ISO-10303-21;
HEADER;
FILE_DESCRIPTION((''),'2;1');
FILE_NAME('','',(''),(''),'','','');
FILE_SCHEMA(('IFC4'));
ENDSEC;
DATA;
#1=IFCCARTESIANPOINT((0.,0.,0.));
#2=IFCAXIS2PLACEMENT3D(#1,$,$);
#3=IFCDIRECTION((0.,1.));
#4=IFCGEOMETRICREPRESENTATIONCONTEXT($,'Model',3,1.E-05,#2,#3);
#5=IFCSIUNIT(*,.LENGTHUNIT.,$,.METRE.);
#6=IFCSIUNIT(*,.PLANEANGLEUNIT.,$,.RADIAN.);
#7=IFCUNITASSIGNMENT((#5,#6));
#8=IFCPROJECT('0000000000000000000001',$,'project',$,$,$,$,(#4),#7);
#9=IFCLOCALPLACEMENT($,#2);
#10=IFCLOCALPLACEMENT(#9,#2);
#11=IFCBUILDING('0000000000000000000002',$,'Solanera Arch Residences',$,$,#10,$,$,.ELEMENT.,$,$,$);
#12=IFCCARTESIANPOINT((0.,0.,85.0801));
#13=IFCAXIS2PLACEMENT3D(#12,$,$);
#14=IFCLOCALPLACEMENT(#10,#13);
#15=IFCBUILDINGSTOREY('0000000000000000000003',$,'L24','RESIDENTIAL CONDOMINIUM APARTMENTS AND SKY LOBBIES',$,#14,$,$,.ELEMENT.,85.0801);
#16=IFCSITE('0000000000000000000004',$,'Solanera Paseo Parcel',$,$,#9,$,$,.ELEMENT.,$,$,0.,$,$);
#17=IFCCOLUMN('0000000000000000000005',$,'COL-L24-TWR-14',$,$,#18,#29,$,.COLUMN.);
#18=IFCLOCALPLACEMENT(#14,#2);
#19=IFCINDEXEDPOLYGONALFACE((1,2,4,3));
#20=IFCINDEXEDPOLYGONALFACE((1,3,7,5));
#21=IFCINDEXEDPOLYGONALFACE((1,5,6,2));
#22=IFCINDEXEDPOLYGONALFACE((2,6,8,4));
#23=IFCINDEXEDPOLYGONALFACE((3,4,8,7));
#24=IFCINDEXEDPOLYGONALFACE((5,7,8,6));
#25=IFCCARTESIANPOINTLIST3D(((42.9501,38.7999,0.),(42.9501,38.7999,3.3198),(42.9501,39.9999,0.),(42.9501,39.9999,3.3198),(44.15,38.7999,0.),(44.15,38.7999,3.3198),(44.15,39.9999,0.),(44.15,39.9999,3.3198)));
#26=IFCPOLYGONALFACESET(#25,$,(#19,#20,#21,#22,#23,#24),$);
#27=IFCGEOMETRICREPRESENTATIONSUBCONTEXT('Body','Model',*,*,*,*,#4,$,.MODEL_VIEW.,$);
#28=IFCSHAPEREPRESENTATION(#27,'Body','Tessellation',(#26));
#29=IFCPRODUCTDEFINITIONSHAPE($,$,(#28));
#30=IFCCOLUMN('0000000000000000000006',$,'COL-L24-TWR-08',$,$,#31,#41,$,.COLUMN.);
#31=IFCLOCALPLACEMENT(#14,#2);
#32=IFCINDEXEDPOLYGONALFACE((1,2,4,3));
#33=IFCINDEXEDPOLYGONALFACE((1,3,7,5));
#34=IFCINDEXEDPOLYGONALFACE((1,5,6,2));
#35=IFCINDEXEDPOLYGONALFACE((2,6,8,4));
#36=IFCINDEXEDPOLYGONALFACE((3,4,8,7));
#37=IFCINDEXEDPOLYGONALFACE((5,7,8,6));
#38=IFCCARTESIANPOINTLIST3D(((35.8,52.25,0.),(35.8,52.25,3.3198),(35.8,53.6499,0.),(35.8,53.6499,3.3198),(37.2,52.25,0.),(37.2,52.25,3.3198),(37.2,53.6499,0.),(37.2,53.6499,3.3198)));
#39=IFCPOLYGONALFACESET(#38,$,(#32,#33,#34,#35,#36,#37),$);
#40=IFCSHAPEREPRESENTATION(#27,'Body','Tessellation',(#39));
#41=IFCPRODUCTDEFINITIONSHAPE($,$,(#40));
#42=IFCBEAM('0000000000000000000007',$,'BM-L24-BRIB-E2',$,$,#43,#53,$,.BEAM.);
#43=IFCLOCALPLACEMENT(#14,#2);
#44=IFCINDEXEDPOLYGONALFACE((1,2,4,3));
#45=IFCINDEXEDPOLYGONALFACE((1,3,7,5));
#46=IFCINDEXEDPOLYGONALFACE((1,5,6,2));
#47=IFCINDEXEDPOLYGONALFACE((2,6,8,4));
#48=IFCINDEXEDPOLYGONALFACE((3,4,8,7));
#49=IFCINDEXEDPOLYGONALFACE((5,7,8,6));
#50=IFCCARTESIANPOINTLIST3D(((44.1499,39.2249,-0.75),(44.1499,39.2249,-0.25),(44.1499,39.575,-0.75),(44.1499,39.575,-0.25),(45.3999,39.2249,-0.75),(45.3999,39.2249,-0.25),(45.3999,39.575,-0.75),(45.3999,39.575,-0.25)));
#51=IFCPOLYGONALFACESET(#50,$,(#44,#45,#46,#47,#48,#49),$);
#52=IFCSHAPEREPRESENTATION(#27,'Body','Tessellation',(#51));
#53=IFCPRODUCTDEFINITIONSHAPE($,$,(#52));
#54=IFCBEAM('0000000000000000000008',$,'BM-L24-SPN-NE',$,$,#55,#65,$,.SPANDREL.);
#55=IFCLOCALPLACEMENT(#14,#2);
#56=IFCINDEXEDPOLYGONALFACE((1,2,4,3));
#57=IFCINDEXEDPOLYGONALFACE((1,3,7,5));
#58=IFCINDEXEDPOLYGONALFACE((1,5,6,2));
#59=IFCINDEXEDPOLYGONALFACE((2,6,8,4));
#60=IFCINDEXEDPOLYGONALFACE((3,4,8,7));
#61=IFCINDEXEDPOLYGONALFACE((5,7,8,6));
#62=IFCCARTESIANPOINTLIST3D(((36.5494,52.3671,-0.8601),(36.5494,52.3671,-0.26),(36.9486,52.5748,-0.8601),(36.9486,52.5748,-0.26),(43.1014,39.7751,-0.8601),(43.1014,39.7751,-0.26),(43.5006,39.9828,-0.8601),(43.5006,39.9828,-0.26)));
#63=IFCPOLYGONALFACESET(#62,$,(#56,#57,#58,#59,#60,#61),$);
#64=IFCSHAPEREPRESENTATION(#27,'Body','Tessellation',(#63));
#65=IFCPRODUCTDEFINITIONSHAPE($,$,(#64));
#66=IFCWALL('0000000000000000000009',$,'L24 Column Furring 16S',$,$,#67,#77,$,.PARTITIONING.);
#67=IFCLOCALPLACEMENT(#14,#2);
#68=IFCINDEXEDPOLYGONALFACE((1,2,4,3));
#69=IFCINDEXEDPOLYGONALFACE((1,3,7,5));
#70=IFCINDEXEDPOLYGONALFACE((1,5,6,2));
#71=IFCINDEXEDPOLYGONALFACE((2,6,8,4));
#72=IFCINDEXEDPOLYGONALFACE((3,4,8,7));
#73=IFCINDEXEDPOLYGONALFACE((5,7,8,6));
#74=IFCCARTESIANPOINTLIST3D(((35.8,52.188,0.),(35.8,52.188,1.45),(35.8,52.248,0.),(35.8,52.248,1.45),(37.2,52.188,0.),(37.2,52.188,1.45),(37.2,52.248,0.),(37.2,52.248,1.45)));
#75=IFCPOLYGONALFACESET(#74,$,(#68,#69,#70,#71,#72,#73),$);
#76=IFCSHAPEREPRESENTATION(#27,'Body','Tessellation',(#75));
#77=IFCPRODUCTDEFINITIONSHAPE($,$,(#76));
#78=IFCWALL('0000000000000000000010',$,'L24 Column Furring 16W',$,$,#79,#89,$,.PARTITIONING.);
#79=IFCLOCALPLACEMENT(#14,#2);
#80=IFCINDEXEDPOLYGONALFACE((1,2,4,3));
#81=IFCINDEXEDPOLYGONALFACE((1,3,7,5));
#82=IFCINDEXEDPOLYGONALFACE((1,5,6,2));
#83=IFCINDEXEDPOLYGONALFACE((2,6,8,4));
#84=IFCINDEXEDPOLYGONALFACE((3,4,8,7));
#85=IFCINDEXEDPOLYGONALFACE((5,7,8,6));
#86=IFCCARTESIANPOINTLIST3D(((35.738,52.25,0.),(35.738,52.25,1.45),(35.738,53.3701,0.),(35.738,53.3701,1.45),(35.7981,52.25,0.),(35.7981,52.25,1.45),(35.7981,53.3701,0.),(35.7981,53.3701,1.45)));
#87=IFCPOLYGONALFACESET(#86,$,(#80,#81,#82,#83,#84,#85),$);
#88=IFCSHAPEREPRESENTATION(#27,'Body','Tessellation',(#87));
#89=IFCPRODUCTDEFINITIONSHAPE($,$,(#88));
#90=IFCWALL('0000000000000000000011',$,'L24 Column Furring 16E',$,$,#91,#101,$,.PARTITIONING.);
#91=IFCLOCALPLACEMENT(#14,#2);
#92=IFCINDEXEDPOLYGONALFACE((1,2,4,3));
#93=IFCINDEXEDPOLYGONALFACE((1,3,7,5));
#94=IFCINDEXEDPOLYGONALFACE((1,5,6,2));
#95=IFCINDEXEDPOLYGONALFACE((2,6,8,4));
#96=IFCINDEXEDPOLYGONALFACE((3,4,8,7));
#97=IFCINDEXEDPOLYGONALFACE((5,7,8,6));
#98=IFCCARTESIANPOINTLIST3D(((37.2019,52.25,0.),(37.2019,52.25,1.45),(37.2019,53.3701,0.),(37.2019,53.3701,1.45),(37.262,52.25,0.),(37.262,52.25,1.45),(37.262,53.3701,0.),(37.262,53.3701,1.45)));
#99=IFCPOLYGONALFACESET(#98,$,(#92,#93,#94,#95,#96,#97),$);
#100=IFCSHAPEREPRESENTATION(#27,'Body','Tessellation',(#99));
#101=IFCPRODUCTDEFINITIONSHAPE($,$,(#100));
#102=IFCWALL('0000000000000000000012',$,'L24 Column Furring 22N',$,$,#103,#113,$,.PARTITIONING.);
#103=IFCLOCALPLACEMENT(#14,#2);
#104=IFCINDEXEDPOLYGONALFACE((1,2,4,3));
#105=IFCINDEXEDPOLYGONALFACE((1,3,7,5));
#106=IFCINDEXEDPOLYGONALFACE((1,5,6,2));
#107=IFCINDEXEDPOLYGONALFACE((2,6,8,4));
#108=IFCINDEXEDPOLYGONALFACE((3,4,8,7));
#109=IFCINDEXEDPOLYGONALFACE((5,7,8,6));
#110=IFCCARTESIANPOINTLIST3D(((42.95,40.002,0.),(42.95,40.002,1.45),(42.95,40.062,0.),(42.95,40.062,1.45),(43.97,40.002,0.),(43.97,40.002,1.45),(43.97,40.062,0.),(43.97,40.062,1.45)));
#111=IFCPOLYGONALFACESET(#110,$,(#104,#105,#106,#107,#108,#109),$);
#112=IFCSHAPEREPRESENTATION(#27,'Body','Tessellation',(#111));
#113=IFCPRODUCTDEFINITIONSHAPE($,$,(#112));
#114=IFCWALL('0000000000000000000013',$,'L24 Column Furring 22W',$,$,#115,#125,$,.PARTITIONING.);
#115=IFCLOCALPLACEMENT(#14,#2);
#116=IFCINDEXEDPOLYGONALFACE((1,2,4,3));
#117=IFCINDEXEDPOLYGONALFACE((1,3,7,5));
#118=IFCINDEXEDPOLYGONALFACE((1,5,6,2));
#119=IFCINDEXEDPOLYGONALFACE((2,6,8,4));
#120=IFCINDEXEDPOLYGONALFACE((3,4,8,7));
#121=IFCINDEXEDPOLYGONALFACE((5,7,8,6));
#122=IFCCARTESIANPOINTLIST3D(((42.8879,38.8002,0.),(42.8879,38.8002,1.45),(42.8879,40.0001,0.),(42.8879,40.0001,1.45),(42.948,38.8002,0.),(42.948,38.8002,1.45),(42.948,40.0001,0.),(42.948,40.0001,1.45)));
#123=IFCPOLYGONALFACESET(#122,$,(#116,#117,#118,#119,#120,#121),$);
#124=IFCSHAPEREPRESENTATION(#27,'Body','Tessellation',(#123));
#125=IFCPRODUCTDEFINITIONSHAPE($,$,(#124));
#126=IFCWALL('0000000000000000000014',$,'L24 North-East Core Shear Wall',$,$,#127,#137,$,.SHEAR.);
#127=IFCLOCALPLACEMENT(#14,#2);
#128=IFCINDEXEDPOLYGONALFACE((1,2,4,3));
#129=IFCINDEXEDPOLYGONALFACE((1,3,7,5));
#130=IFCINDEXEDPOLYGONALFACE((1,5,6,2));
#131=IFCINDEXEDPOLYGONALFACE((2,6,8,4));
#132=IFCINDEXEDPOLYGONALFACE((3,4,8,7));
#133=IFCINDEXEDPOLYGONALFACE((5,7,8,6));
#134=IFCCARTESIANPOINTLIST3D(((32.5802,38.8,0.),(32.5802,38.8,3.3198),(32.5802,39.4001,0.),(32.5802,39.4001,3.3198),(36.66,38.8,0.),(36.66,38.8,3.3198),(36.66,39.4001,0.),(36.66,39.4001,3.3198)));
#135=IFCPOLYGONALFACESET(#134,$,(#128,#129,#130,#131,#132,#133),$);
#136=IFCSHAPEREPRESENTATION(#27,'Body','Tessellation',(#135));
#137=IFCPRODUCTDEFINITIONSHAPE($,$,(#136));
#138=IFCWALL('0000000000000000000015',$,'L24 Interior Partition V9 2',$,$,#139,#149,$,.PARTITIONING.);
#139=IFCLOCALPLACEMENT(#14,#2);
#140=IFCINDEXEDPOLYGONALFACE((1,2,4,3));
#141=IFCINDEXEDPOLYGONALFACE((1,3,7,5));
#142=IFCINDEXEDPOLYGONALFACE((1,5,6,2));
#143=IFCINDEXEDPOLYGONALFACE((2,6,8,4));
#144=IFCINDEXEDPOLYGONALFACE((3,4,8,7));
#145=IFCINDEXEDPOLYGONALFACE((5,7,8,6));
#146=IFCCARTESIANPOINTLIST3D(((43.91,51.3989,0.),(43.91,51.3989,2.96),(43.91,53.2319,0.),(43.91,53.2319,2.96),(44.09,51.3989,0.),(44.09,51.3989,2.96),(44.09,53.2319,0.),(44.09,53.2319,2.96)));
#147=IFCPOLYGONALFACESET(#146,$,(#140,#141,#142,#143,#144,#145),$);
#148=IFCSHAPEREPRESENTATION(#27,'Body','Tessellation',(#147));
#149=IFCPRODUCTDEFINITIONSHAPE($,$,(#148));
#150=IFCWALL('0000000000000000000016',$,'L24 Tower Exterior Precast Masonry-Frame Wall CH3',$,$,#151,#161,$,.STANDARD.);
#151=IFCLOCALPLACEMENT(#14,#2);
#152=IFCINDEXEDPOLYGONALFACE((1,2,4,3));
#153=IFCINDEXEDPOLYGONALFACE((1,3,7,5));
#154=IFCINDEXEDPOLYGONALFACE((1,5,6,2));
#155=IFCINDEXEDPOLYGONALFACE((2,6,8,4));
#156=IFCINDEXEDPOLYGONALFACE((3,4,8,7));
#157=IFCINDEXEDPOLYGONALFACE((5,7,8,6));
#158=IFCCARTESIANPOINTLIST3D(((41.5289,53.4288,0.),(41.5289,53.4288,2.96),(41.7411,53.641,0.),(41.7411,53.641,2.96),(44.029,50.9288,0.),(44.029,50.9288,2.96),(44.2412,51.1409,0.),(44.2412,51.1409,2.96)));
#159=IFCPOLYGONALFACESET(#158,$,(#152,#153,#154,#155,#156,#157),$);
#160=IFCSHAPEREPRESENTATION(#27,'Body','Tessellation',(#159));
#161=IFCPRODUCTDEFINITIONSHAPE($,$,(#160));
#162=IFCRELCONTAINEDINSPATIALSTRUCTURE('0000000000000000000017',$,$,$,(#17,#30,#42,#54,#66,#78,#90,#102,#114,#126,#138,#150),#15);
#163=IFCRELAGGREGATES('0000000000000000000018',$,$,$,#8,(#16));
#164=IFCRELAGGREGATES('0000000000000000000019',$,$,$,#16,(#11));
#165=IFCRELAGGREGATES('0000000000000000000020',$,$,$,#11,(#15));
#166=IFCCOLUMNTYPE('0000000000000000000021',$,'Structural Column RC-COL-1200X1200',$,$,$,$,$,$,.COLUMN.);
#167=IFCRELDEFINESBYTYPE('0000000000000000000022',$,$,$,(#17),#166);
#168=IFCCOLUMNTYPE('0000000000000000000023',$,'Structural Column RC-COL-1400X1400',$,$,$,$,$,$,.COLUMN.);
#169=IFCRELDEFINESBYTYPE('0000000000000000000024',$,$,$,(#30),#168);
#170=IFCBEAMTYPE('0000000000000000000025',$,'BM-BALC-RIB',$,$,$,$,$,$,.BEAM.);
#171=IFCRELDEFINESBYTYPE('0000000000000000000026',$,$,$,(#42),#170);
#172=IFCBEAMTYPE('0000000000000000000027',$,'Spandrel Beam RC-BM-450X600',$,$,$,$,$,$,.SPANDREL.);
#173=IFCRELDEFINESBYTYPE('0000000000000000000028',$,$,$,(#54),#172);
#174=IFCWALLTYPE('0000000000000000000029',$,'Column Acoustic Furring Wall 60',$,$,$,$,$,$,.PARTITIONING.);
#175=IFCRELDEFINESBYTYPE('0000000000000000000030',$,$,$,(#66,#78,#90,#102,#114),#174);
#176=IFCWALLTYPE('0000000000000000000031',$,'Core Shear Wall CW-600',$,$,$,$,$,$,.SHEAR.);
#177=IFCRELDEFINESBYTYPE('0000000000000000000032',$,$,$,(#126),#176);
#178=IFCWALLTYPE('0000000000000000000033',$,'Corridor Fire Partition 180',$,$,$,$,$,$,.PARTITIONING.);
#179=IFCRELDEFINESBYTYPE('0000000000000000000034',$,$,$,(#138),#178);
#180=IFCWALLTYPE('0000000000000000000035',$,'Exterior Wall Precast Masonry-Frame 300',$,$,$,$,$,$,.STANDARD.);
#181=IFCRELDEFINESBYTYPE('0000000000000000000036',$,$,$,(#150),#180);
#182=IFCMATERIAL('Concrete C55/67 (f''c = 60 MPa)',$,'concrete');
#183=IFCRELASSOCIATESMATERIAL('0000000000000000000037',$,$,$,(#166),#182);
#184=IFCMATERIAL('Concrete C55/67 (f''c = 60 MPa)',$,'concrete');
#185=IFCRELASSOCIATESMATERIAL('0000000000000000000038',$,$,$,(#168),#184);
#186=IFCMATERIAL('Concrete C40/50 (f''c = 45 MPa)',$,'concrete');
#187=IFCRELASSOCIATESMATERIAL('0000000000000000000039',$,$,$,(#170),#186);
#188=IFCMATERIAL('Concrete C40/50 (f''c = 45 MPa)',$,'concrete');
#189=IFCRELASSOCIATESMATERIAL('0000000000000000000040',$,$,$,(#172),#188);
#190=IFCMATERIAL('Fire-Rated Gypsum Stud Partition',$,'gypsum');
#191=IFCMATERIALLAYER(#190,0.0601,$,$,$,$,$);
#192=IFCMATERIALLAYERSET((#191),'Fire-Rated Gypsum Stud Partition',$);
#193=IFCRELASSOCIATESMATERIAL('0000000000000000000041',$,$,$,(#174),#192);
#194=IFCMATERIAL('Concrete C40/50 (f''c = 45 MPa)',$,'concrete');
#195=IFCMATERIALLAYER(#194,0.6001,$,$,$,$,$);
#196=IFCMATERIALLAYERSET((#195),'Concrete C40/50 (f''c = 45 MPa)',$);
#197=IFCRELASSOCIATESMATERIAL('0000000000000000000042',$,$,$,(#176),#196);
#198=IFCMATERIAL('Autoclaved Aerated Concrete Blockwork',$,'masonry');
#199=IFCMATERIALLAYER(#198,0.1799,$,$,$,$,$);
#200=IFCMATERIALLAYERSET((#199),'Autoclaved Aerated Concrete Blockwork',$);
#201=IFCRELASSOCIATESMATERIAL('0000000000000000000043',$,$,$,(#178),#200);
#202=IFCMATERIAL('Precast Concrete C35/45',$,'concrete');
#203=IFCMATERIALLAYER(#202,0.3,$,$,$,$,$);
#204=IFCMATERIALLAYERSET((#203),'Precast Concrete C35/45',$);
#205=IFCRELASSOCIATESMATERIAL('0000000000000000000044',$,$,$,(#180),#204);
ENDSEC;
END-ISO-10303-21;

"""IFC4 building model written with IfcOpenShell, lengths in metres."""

from ifc_helpers import new_model, si_unit, direction, frame, frame_2d, origin, origin_2d, place, context, subcontext, project, spatial, rectangle, extrude, material, layer, layer_set, material_profile, profile_set, type_object, element, save


model = new_model("IFC4")

# Units and contexts
model_context = context("Model", 3, precision=1e-05, world=origin(), true_north=direction((0.0, 1.0)))
body_context = subcontext(model_context, "Body", "Model", "MODEL_VIEW")
ifc_project = project(units=[si_unit("LENGTHUNIT", "METRE"), si_unit("PLANEANGLEUNIT", "RADIAN")], contexts=[model_context])

# Site, building, storey
site_placement = place(None, origin())
site = spatial("IfcSite", under=ifc_project, at=site_placement, Name="Solanera Paseo Parcel", CompositionType="ELEMENT", RefElevation=0.0)
building_placement = place(site_placement, origin())
building = spatial("IfcBuilding", under=site, at=building_placement, Name="Solanera Arch Residences", CompositionType="ELEMENT")
storey_placement = place(building_placement, frame((0.0, 0.0, 85.0801)))
storey = spatial("IfcBuildingStorey", under=building, at=storey_placement, Name="L24", Description="RESIDENTIAL CONDOMINIUM APARTMENTS AND SKY LOBBIES", CompositionType="ELEMENT", Elevation=85.0801)

# Columns
ifc_material_1 = material(Name="Concrete C55/67 (f'c = 60 MPa)", Category="concrete")
ifc_material_profile_1 = material_profile(ifc_material_1, rectangle(XDim=1.2, YDim=1.2, at=origin_2d()))
ifc_profile_set_1 = profile_set([ifc_material_profile_1], Name="Concrete C55/67 (f'c = 60 MPa)")
column_type_1 = type_object("IfcColumnType", Name="Structural Column RC-COL-1200X1200", PredefinedType="COLUMN", material=ifc_profile_set_1)
column_1_placement = place(storey_placement, frame((43.55, 39.3999, 0.0), z_axis=(0.0, 0.0, 1.0), x_axis=(1.0, 0.0, 0.0)))
element("IfcColumn", 1, at=column_1_placement, inside=storey, type_object=column_type_1, Name="COL-L24-TWR-14", PredefinedType="COLUMN", context=body_context, shape_type="SweptSolid", body=[
    extrude(rectangle(XDim=1.2, YDim=1.2, at=origin_2d()), origin(), (0.0, 0.0, 1.0), 3.3198),
])
ifc_material_2 = material(Name="Concrete C55/67 (f'c = 60 MPa)", Category="concrete")
ifc_material_profile_2 = material_profile(ifc_material_2, rectangle(XDim=1.3999, YDim=1.3999, at=origin_2d()))
ifc_profile_set_2 = profile_set([ifc_material_profile_2], Name="Concrete C55/67 (f'c = 60 MPa)")
column_type_2 = type_object("IfcColumnType", Name="Structural Column RC-COL-1400X1400", PredefinedType="COLUMN", material=ifc_profile_set_2)
column_2_placement = place(storey_placement, frame((36.5, 52.95, 0.0), z_axis=(0.0, 0.0, 1.0), x_axis=(1.0, 0.0, 0.0)))
element("IfcColumn", 2, at=column_2_placement, inside=storey, type_object=column_type_2, Name="COL-L24-TWR-08", PredefinedType="COLUMN", context=body_context, shape_type="SweptSolid", body=[
    extrude(rectangle(XDim=1.3999, YDim=1.3999, at=origin_2d()), origin(), (0.0, 0.0, 1.0), 3.3198),
])

# Beams
ifc_material_3 = material(Name="Concrete C40/50 (f'c = 45 MPa)", Category="concrete")
ifc_material_profile_3 = material_profile(ifc_material_3, rectangle(XDim=0.3501, YDim=0.5, at=origin_2d()))
ifc_profile_set_3 = profile_set([ifc_material_profile_3], Name="Concrete C40/50 (f'c = 45 MPa)")
beam_type_1 = type_object("IfcBeamType", Name="BM-BALC-RIB", PredefinedType="BEAM", material=ifc_profile_set_3)
beam_1_placement = place(storey_placement, frame((44.1499, 39.3999, -0.5), z_axis=(1.0, 0.0, 0.0), x_axis=(0.0, 1.0, 0.0)))
element("IfcBeam", 3, at=beam_1_placement, inside=storey, type_object=beam_type_1, Name="BM-L24-BRIB-E2", PredefinedType="BEAM", context=body_context, shape_type="SweptSolid", body=[
    extrude(rectangle(XDim=0.3501, YDim=0.5, at=origin_2d()), origin(), (0.0, 0.0, 1.0), 1.25),
])
ifc_material_4 = material(Name="Concrete C40/50 (f'c = 45 MPa)", Category="concrete")
ifc_material_profile_4 = material_profile(ifc_material_4, rectangle(XDim=0.45, YDim=0.6001, at=origin_2d()))
ifc_profile_set_4 = profile_set([ifc_material_profile_4], Name="Concrete C40/50 (f'c = 45 MPa)")
beam_type_2 = type_object("IfcBeamType", Name="Spandrel Beam RC-BM-450X600", PredefinedType="SPANDREL", material=ifc_profile_set_4)
beam_2_placement = place(storey_placement, frame((36.749, 52.4709, -0.5601), z_axis=(0.461582, -0.887097, 0.0), x_axis=(0.887097, 0.461582, 0.0)))
element("IfcBeam", 4, at=beam_2_placement, inside=storey, type_object=beam_type_2, Name="BM-L24-SPN-NE", PredefinedType="SPANDREL", context=body_context, shape_type="SweptSolid", body=[
    extrude(rectangle(XDim=0.45, YDim=0.6001, at=origin_2d()), origin(), (0.0, 0.0, 1.0), 14.1946),
])

# Walls
ifc_material_5 = material(Name="Fire-Rated Gypsum Stud Partition", Category="gypsum")
ifc_layer_1 = layer(ifc_material_5, 0.0601)
ifc_layer_set_1 = layer_set([ifc_layer_1], Name="Fire-Rated Gypsum Stud Partition")
wall_type_1 = type_object("IfcWallType", Name="Column Acoustic Furring Wall 60", PredefinedType="PARTITIONING", material=ifc_layer_set_1)
wall_1_placement = place(storey_placement, frame((35.8, 52.218, 0.0), z_axis=(0.0, 0.0, 1.0), x_axis=(1.0, 0.0, 0.0)))
element("IfcWall", 5, at=wall_1_placement, inside=storey, type_object=wall_type_1, Name="L24 Column Furring 16S", PredefinedType="PARTITIONING", context=body_context, shape_type="SweptSolid", body=[
    extrude(rectangle(XDim=1.3999, YDim=0.0601, at=frame_2d((0.7, 0.0))), origin(), (0.0, 0.0, 1.0), 1.45),
])
for number, where, z_axis, x_axis, name in (
    (6, (35.7681, 52.25, 0.0), (0.0, 0.0, 1.0), (0.0, 1.0, 0.0), "L24 Column Furring 16W"),
    (7, (37.2319, 52.25, 0.0), (0.0, 0.0, 1.0), (0.0, 1.0, 0.0), "L24 Column Furring 16E"),
):
    element("IfcWall", number, at=place(storey_placement, frame(where, z_axis=z_axis, x_axis=x_axis)), inside=storey, type_object=wall_type_1, Name=name, PredefinedType="PARTITIONING", context=body_context, shape_type="SweptSolid", body=[
        extrude(rectangle(XDim=1.1201, YDim=0.0601, at=frame_2d((0.5601, 0.0))), origin(), (0.0, 0.0, 1.0), 1.45),
    ])
wall_2_placement = place(storey_placement, frame((42.95, 40.032, 0.0), z_axis=(0.0, 0.0, 1.0), x_axis=(1.0, 0.0, 0.0)))
element("IfcWall", 8, at=wall_2_placement, inside=storey, type_object=wall_type_1, Name="L24 Column Furring 22N", PredefinedType="PARTITIONING", context=body_context, shape_type="SweptSolid", body=[
    extrude(rectangle(XDim=1.02, YDim=0.0601, at=frame_2d((0.51, 0.0))), origin(), (0.0, 0.0, 1.0), 1.45),
])
wall_3_placement = place(storey_placement, frame((42.918, 38.8, 0.0), z_axis=(0.0, 0.0, 1.0), x_axis=(0.0, 1.0, 0.0)))
element("IfcWall", 9, at=wall_3_placement, inside=storey, type_object=wall_type_1, Name="L24 Column Furring 22W", PredefinedType="PARTITIONING", context=body_context, shape_type="SweptSolid", body=[
    extrude(rectangle(XDim=1.2, YDim=0.0601, at=frame_2d((0.6001, 0.0))), origin(), (0.0, 0.0, 1.0), 1.45),
])
ifc_material_6 = material(Name="Concrete C40/50 (f'c = 45 MPa)", Category="concrete")
ifc_layer_2 = layer(ifc_material_6, 0.6001)
ifc_layer_set_2 = layer_set([ifc_layer_2], Name="Concrete C40/50 (f'c = 45 MPa)")
wall_type_2 = type_object("IfcWallType", Name="Core Shear Wall CW-600", PredefinedType="SHEAR", material=ifc_layer_set_2)
wall_4_placement = place(storey_placement, frame((32.5801, 39.1001, 0.0), z_axis=(0.0, 0.0, 1.0), x_axis=(1.0, 0.0, 0.0)))
element("IfcWall", 10, at=wall_4_placement, inside=storey, type_object=wall_type_2, Name="L24 North-East Core Shear Wall", PredefinedType="SHEAR", context=body_context, shape_type="SweptSolid", body=[
    extrude(rectangle(XDim=4.0798, YDim=0.6001, at=frame_2d((2.04, 0.0))), origin(), (0.0, 0.0, 1.0), 3.3198),
])
ifc_material_7 = material(Name="Autoclaved Aerated Concrete Blockwork", Category="masonry")
ifc_layer_3 = layer(ifc_material_7, 0.1799)
ifc_layer_set_3 = layer_set([ifc_layer_3], Name="Autoclaved Aerated Concrete Blockwork")
wall_type_3 = type_object("IfcWallType", Name="Corridor Fire Partition 180", PredefinedType="PARTITIONING", material=ifc_layer_set_3)
wall_5_placement = place(storey_placement, frame((44.0, 51.3989, 0.0), z_axis=(0.0, 0.0, 1.0), x_axis=(0.0, 1.0, 0.0)))
element("IfcWall", 11, at=wall_5_placement, inside=storey, type_object=wall_type_3, Name="L24 Interior Partition V9 2", PredefinedType="PARTITIONING", context=body_context, shape_type="SweptSolid", body=[
    extrude(rectangle(XDim=1.833, YDim=0.1799, at=frame_2d((0.9165, 0.0))), origin(), (0.0, 0.0, 1.0), 2.96),
])
ifc_material_8 = material(Name="Precast Concrete C35/45", Category="concrete")
ifc_layer_4 = layer(ifc_material_8, 0.3)
ifc_layer_set_4 = layer_set([ifc_layer_4], Name="Precast Concrete C35/45")
wall_type_4 = type_object("IfcWallType", Name="Exterior Wall Precast Masonry-Frame 300", PredefinedType="STANDARD", material=ifc_layer_set_4)
wall_6_placement = place(storey_placement, frame((41.635, 53.5349, 0.0), z_axis=(0.0, 0.0, 1.0), x_axis=(0.707107, -0.707107, 0.0)))
element("IfcWall", 12, at=wall_6_placement, inside=storey, type_object=wall_type_4, Name="L24 Tower Exterior Precast Masonry-Frame Wall CH3", PredefinedType="STANDARD", context=body_context, shape_type="SweptSolid", body=[
    extrude(rectangle(XDim=3.5356, YDim=0.3, at=frame_2d((1.7678, 0.0))), origin(), (0.0, 0.0, 1.0), 2.96),
])

save(model, "model.ifc")
